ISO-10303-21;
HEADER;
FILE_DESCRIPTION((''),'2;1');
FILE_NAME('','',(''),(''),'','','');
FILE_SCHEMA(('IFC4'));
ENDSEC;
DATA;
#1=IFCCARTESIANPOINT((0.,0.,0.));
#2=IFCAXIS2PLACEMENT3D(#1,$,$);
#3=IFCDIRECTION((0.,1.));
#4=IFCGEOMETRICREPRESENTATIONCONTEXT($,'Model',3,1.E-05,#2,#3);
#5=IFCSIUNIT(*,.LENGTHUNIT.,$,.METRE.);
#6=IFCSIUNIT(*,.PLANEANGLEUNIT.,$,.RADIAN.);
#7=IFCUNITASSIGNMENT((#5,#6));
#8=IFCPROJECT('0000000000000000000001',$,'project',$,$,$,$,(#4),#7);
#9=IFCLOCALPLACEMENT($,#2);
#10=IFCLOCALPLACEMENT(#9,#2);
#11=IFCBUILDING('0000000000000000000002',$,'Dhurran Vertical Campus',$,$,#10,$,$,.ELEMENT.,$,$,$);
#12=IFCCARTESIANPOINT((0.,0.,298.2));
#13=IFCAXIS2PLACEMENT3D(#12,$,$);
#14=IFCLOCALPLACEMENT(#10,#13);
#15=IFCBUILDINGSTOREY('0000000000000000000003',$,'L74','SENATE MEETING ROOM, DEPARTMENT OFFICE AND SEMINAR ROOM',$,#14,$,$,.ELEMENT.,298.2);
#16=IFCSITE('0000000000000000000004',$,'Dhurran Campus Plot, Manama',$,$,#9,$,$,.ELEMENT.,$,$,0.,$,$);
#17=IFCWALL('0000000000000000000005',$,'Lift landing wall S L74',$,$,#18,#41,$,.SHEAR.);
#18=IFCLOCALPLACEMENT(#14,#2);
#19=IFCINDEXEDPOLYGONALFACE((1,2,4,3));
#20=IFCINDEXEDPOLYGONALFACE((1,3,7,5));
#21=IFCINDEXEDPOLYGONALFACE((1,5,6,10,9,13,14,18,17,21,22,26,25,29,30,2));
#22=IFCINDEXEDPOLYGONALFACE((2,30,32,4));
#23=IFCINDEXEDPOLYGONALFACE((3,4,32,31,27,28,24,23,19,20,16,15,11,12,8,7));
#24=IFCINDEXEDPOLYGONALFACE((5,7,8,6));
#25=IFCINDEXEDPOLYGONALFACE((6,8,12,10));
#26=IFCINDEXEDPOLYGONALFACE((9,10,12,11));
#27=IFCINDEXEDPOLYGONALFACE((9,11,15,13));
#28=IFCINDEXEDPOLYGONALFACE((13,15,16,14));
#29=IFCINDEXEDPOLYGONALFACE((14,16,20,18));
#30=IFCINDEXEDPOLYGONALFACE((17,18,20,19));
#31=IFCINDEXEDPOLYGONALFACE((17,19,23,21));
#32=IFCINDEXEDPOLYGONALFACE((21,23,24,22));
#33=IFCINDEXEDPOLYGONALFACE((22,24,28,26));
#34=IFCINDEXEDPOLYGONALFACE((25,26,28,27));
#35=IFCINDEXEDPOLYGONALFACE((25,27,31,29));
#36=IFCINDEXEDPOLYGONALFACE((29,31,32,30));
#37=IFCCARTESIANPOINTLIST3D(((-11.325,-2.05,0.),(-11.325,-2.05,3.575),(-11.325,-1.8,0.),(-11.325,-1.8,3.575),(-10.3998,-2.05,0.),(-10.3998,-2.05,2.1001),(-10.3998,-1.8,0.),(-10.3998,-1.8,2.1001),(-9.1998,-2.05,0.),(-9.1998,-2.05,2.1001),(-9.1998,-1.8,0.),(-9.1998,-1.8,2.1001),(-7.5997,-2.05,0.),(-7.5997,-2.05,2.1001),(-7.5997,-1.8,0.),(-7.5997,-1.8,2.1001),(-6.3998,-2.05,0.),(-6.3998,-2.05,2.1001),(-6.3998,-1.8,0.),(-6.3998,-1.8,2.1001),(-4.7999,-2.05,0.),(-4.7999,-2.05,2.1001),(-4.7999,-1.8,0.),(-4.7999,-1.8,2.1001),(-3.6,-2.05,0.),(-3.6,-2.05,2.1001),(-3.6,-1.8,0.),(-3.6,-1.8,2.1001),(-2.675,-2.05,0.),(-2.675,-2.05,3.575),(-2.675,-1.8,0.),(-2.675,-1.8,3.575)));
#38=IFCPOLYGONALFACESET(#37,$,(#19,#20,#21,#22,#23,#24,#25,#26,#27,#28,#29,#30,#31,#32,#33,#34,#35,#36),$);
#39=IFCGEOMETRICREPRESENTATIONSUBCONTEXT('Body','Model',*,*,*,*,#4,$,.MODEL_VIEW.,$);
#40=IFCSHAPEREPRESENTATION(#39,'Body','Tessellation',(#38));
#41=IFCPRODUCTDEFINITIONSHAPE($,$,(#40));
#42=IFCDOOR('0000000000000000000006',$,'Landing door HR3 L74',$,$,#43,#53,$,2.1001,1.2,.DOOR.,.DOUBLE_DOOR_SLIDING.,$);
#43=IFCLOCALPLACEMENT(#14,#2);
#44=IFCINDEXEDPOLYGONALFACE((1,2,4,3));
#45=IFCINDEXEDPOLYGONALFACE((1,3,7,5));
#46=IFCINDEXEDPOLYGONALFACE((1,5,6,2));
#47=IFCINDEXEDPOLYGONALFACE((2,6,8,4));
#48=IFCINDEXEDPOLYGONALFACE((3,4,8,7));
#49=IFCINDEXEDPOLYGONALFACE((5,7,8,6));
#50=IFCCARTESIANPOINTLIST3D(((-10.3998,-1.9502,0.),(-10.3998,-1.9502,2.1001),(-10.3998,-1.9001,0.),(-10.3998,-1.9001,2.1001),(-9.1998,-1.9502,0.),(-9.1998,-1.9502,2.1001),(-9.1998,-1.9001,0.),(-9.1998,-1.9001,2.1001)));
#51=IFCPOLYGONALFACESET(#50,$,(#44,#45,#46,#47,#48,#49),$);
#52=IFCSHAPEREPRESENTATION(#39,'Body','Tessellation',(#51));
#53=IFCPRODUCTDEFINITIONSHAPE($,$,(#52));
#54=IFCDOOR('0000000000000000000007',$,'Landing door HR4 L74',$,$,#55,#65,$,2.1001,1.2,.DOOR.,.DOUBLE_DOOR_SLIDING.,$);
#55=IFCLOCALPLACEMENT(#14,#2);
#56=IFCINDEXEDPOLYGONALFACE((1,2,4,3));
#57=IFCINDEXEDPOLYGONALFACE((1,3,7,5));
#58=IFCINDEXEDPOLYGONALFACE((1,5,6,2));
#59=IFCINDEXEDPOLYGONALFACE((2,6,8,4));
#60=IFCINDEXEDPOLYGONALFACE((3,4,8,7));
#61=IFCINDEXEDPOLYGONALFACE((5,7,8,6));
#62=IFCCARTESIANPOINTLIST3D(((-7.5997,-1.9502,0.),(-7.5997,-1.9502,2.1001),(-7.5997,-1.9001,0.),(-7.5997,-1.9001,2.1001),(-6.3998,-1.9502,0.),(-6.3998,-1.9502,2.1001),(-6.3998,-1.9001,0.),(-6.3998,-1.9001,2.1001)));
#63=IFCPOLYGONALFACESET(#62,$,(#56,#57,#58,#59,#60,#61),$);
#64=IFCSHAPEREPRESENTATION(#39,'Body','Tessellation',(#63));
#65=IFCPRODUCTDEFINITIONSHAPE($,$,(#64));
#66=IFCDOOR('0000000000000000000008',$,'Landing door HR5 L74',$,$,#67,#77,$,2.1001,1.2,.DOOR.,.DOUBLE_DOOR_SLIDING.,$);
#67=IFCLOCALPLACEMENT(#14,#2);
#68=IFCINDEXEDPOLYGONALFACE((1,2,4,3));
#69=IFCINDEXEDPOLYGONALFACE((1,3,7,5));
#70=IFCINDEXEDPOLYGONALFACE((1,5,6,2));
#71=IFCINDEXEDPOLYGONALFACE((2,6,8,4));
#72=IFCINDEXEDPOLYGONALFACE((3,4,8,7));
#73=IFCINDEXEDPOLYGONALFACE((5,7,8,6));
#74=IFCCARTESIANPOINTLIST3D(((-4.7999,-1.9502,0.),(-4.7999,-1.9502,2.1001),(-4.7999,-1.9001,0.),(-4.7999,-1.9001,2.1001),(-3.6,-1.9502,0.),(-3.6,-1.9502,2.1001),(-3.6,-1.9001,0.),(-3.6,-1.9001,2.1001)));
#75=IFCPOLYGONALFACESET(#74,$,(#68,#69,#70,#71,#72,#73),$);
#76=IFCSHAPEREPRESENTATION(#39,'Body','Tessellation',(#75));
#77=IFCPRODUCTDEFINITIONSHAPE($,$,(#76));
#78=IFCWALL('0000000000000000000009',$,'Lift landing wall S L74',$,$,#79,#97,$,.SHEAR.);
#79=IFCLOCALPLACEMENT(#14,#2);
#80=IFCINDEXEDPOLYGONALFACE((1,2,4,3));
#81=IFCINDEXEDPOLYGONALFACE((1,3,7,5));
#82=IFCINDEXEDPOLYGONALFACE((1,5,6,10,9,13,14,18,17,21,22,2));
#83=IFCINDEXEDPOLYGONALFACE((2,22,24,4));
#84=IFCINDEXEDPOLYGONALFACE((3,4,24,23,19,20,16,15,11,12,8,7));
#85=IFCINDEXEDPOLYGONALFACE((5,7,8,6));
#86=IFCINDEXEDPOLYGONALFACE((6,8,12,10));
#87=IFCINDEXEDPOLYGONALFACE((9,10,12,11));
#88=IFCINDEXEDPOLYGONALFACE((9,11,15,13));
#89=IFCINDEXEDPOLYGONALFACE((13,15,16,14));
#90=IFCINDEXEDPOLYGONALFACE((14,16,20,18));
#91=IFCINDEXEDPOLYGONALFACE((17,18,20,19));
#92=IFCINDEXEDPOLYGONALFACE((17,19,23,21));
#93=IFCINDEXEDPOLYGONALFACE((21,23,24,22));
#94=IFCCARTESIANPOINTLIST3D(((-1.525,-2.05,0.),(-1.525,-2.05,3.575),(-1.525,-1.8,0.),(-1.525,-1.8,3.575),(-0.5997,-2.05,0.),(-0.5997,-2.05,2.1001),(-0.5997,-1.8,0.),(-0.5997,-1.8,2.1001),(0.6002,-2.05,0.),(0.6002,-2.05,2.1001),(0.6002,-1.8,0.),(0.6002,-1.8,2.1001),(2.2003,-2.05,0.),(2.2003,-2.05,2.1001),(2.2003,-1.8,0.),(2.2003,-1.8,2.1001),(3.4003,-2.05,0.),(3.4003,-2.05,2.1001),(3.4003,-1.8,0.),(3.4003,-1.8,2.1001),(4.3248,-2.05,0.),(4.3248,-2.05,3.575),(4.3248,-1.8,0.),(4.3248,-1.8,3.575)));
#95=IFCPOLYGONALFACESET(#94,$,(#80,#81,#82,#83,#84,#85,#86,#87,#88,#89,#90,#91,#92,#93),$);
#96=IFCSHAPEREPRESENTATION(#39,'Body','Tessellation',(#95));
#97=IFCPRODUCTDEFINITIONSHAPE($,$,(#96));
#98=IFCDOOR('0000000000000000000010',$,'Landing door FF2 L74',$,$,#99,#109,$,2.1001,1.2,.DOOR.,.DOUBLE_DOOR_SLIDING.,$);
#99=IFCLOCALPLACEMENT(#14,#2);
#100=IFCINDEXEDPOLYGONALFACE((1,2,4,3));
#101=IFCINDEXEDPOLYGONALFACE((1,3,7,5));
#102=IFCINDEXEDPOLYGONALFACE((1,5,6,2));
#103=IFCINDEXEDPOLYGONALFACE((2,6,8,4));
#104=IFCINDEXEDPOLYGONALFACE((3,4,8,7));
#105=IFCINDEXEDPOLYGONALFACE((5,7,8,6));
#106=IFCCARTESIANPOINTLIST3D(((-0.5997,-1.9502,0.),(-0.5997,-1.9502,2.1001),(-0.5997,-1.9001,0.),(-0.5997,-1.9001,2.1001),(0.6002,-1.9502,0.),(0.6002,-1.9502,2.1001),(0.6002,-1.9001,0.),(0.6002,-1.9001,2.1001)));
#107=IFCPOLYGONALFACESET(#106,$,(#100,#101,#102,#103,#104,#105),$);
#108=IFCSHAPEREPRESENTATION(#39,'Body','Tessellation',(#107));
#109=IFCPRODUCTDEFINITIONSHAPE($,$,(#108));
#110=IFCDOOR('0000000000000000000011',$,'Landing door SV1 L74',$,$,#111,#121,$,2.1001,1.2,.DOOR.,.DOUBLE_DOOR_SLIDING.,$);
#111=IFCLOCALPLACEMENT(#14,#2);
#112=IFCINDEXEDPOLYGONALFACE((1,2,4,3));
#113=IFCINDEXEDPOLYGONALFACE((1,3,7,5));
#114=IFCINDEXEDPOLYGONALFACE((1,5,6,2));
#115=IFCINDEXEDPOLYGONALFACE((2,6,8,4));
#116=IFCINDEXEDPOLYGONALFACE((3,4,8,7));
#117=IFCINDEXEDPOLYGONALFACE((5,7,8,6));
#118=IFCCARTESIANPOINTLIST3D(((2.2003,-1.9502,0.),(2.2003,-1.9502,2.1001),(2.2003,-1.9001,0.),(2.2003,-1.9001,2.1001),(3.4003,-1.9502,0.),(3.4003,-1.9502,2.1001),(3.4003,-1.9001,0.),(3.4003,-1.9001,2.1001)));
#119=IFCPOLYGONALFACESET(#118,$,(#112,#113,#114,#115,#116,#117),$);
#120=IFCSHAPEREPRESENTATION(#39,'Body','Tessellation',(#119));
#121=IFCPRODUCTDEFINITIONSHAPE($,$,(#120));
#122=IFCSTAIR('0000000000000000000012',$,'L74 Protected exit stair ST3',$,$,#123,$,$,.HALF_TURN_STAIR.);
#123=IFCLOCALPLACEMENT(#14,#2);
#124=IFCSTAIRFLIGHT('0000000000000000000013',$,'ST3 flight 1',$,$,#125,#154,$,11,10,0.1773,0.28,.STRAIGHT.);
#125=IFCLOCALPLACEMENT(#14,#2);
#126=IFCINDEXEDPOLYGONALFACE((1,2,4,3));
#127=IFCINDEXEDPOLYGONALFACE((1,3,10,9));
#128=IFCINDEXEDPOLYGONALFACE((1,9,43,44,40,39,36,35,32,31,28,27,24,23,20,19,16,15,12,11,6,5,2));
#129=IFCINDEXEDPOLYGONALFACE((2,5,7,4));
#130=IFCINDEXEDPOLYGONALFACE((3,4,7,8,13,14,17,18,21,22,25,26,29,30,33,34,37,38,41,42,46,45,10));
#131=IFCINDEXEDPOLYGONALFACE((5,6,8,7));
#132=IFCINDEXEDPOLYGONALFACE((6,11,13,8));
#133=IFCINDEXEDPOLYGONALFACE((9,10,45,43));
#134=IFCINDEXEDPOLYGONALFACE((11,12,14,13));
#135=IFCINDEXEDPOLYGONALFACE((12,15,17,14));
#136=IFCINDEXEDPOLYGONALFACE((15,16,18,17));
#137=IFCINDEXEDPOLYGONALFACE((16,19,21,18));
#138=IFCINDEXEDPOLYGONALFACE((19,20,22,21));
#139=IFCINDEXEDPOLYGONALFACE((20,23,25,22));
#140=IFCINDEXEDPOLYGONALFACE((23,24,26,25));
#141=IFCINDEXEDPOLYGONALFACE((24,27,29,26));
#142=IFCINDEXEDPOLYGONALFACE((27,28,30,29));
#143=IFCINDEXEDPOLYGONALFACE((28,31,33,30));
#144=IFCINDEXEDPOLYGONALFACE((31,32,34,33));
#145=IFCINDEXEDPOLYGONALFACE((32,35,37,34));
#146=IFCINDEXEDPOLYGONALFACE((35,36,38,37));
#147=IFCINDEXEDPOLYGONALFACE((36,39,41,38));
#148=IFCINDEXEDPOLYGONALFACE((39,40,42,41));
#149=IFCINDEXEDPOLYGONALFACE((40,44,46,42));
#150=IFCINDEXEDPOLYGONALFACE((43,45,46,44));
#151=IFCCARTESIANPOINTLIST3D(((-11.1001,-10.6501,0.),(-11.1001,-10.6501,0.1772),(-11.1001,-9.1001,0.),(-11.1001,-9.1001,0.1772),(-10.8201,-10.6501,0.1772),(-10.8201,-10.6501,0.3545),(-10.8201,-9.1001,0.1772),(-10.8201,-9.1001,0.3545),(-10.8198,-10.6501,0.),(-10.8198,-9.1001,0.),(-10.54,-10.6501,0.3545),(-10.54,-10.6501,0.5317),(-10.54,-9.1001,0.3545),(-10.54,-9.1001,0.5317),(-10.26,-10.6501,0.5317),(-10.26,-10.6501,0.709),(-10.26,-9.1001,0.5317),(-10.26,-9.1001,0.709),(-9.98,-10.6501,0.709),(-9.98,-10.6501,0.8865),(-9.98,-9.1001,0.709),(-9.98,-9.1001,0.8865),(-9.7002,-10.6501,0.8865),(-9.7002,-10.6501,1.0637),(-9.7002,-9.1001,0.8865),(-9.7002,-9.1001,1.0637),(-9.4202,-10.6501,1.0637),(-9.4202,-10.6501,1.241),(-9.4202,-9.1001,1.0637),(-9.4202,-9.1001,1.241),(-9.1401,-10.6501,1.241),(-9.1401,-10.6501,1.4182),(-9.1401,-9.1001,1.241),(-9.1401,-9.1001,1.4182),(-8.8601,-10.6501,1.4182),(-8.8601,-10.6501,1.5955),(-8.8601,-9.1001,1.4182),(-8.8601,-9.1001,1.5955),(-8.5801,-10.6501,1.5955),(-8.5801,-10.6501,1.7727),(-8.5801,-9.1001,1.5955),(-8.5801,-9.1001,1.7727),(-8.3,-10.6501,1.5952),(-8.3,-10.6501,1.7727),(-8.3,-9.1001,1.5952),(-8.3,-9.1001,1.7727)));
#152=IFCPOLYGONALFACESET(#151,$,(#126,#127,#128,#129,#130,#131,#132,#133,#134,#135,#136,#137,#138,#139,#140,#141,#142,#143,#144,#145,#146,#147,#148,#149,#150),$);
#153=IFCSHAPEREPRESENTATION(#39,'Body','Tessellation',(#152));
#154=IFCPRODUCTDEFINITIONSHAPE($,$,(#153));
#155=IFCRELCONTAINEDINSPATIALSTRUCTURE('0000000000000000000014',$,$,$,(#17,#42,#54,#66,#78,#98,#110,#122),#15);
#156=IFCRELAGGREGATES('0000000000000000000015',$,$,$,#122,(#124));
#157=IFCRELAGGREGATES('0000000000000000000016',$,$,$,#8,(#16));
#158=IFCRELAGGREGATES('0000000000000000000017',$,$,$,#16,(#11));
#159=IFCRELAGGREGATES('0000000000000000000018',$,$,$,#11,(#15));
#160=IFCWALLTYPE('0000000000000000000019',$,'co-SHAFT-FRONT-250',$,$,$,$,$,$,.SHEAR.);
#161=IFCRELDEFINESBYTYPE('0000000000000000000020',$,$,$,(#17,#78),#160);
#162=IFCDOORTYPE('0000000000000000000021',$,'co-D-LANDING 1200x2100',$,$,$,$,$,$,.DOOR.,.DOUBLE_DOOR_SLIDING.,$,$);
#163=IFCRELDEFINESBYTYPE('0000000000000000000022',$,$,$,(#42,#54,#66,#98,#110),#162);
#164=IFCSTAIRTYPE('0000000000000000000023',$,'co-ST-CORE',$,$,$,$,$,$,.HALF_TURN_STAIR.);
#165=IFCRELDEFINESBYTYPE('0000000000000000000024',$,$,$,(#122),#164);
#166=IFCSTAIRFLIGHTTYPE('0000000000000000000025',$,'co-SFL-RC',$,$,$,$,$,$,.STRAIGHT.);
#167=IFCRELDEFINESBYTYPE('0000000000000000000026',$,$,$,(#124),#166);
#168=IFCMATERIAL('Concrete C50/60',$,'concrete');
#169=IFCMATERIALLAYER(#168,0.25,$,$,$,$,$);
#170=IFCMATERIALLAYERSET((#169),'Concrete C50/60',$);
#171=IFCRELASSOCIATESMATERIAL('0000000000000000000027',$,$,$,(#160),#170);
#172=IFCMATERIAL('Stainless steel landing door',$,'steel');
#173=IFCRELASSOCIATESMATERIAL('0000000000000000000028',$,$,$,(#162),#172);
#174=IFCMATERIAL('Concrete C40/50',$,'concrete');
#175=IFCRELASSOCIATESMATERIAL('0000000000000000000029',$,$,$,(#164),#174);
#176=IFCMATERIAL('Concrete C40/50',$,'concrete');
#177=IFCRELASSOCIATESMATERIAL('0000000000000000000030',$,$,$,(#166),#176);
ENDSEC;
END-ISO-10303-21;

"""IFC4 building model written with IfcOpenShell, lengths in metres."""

from ifc_helpers import new_model, si_unit, direction, frame, frame_2d, origin, place, context, subcontext, project, spatial, polyline, rectangle, outline, extrude, material, layer, layer_set, type_object, element, fill, aggregate, save


model = new_model("IFC4")

# Units and contexts
model_context = context("Model", 3, precision=1e-05, world=origin(), true_north=direction((0.0, 1.0)))
body_context = subcontext(model_context, "Body", "Model", "MODEL_VIEW")
ifc_project = project(units=[si_unit("LENGTHUNIT", "METRE"), si_unit("PLANEANGLEUNIT", "RADIAN")], contexts=[model_context])

# Site, building, storey
site_placement = place(None, origin())
site = spatial("IfcSite", under=ifc_project, at=site_placement, Name="Dhurran Campus Plot, Manama", CompositionType="ELEMENT", RefElevation=0.0)
building_placement = place(site_placement, origin())
building = spatial("IfcBuilding", under=site, at=building_placement, Name="Dhurran Vertical Campus", CompositionType="ELEMENT")
storey_placement = place(building_placement, frame((0.0, 0.0, 298.2)))
storey = spatial("IfcBuildingStorey", under=building, at=storey_placement, Name="L74", Description="SENATE MEETING ROOM, DEPARTMENT OFFICE AND SEMINAR ROOM", CompositionType="ELEMENT", Elevation=298.2)

# Walls, openings, doors
ifc_material_1 = material(Name="Concrete C50/60", Category="concrete")
ifc_layer_1 = layer(ifc_material_1, 0.25)
ifc_layer_set_1 = layer_set([ifc_layer_1], Name="Concrete C50/60")
wall_type_1 = type_object("IfcWallType", Name="co-SHAFT-FRONT-250", PredefinedType="SHEAR", material=ifc_layer_set_1)
wall_1_placement = place(storey_placement, frame((-11.325, -1.925, 0.0), z_axis=(0.0, 0.0, 1.0), x_axis=(1.0, 0.0, 0.0)))
wall_1 = element("IfcWall", 1, at=wall_1_placement, inside=storey, type_object=wall_type_1, Name="Lift landing wall S L74", PredefinedType="SHEAR", context=body_context, shape_type="SweptSolid", body=[
    extrude(rectangle(XDim=8.6499, YDim=0.25, at=frame_2d((4.325, 0.0))), origin(), (0.0, 0.0, 1.0), 3.575),
])
opening_1_placement = place(wall_1_placement, frame((0.925, 0.0, 0.0)))
opening_1 = element("IfcOpeningElement", 2, at=opening_1_placement, cuts=wall_1, PredefinedType="OPENING", context=body_context, shape_type="SweptSolid", body=[
    extrude(rectangle(XDim=1.2, YDim=2.1001, at=frame_2d((0.6001, 1.05))), frame((0.0, 0.135, 0.0), z_axis=(0.0, -1.0, 0.0), x_axis=(1.0, 0.0, 0.0)), (0.0, 0.0, 1.0), 0.27),
])
opening_2_placement = place(wall_1_placement, frame((3.7251, 0.0, 0.0)))
opening_2 = element("IfcOpeningElement", 3, at=opening_2_placement, cuts=wall_1, PredefinedType="OPENING", context=body_context, shape_type="SweptSolid", body=[
    extrude(rectangle(XDim=1.2, YDim=2.1001, at=frame_2d((0.6001, 1.05))), frame((0.0, 0.135, 0.0), z_axis=(0.0, -1.0, 0.0), x_axis=(1.0, 0.0, 0.0)), (0.0, 0.0, 1.0), 0.27),
])
opening_3_placement = place(wall_1_placement, frame((6.5249, 0.0, 0.0)))
opening_3 = element("IfcOpeningElement", 4, at=opening_3_placement, cuts=wall_1, PredefinedType="OPENING", context=body_context, shape_type="SweptSolid", body=[
    extrude(rectangle(XDim=1.2, YDim=2.1001, at=frame_2d((0.6001, 1.05))), frame((0.0, 0.135, 0.0), z_axis=(0.0, -1.0, 0.0), x_axis=(1.0, 0.0, 0.0)), (0.0, 0.0, 1.0), 0.27),
])
ifc_material_2 = material(Name="Stainless steel landing door", Category="steel")
door_type_1 = type_object("IfcDoorType", Name="co-D-LANDING 1200x2100", OperationType="DOUBLE_DOOR_SLIDING", PredefinedType="DOOR", material=ifc_material_2)
door_1_placement = place(opening_1_placement, origin())
door_1 = element("IfcDoor", 5, at=door_1_placement, inside=storey, type_object=door_type_1, Name="Landing door HR3 L74", OperationType="DOUBLE_DOOR_SLIDING", OverallHeight=2.1001, OverallWidth=1.2, PredefinedType="DOOR", context=body_context, shape_type="SweptSolid", body=[
    extrude(rectangle(XDim=1.2, YDim=2.1001, at=frame_2d((0.6001, 1.05))), frame((0.0, 0.0249, 0.0), z_axis=(0.0, -1.0, 0.0), x_axis=(1.0, 0.0, 0.0)), (0.0, 0.0, 1.0), 0.05),
])
fill(opening_1, door_1)
door_2_placement = place(opening_2_placement, origin())
door_2 = element("IfcDoor", 6, at=door_2_placement, inside=storey, type_object=door_type_1, Name="Landing door HR4 L74", OperationType="DOUBLE_DOOR_SLIDING", OverallHeight=2.1001, OverallWidth=1.2, PredefinedType="DOOR", context=body_context, shape_type="SweptSolid", body=[
    extrude(rectangle(XDim=1.2, YDim=2.1001, at=frame_2d((0.6001, 1.05))), frame((0.0, 0.0249, 0.0), z_axis=(0.0, -1.0, 0.0), x_axis=(1.0, 0.0, 0.0)), (0.0, 0.0, 1.0), 0.05),
])
fill(opening_2, door_2)
door_3_placement = place(opening_3_placement, origin())
door_3 = element("IfcDoor", 7, at=door_3_placement, inside=storey, type_object=door_type_1, Name="Landing door HR5 L74", OperationType="DOUBLE_DOOR_SLIDING", OverallHeight=2.1001, OverallWidth=1.2, PredefinedType="DOOR", context=body_context, shape_type="SweptSolid", body=[
    extrude(rectangle(XDim=1.2, YDim=2.1001, at=frame_2d((0.6001, 1.05))), frame((0.0, 0.0249, 0.0), z_axis=(0.0, -1.0, 0.0), x_axis=(1.0, 0.0, 0.0)), (0.0, 0.0, 1.0), 0.05),
])
fill(opening_3, door_3)
wall_2_placement = place(storey_placement, frame((-1.5249, -1.925, 0.0), z_axis=(0.0, 0.0, 1.0), x_axis=(1.0, 0.0, 0.0)))
wall_2 = element("IfcWall", 8, at=wall_2_placement, inside=storey, type_object=wall_type_1, Name="Lift landing wall S L74", PredefinedType="SHEAR", context=body_context, shape_type="SweptSolid", body=[
    extrude(rectangle(XDim=5.8499, YDim=0.25, at=frame_2d((2.9248, 0.0))), origin(), (0.0, 0.0, 1.0), 3.575),
])
opening_4_placement = place(wall_2_placement, frame((0.925, 0.0, 0.0)))
opening_4 = element("IfcOpeningElement", 9, at=opening_4_placement, cuts=wall_2, PredefinedType="OPENING", context=body_context, shape_type="SweptSolid", body=[
    extrude(rectangle(XDim=1.2, YDim=2.1001, at=frame_2d((0.6001, 1.05))), frame((0.0, 0.135, 0.0), z_axis=(0.0, -1.0, 0.0), x_axis=(1.0, 0.0, 0.0)), (0.0, 0.0, 1.0), 0.27),
])
opening_5_placement = place(wall_2_placement, frame((3.7251, 0.0, 0.0)))
opening_5 = element("IfcOpeningElement", 10, at=opening_5_placement, cuts=wall_2, PredefinedType="OPENING", context=body_context, shape_type="SweptSolid", body=[
    extrude(rectangle(XDim=1.2, YDim=2.1001, at=frame_2d((0.6001, 1.05))), frame((0.0, 0.135, 0.0), z_axis=(0.0, -1.0, 0.0), x_axis=(1.0, 0.0, 0.0)), (0.0, 0.0, 1.0), 0.27),
])
door_4_placement = place(opening_4_placement, origin())
door_4 = element("IfcDoor", 11, at=door_4_placement, inside=storey, type_object=door_type_1, Name="Landing door FF2 L74", OperationType="DOUBLE_DOOR_SLIDING", OverallHeight=2.1001, OverallWidth=1.2, PredefinedType="DOOR", context=body_context, shape_type="SweptSolid", body=[
    extrude(rectangle(XDim=1.2, YDim=2.1001, at=frame_2d((0.6001, 1.05))), frame((0.0, 0.0249, 0.0), z_axis=(0.0, -1.0, 0.0), x_axis=(1.0, 0.0, 0.0)), (0.0, 0.0, 1.0), 0.05),
])
fill(opening_4, door_4)
door_5_placement = place(opening_5_placement, origin())
door_5 = element("IfcDoor", 12, at=door_5_placement, inside=storey, type_object=door_type_1, Name="Landing door SV1 L74", OperationType="DOUBLE_DOOR_SLIDING", OverallHeight=2.1001, OverallWidth=1.2, PredefinedType="DOOR", context=body_context, shape_type="SweptSolid", body=[
    extrude(rectangle(XDim=1.2, YDim=2.1001, at=frame_2d((0.6001, 1.05))), frame((0.0, 0.0249, 0.0), z_axis=(0.0, -1.0, 0.0), x_axis=(1.0, 0.0, 0.0)), (0.0, 0.0, 1.0), 0.05),
])
fill(opening_5, door_5)

# Stair, stair flight
ifc_material_3 = material(Name="Concrete C40/50", Category="concrete")
stair_type = type_object("IfcStairType", Name="co-ST-CORE", PredefinedType="HALF_TURN_STAIR", material=ifc_material_3)
stair_placement = place(storey_placement, origin())
stair = element("IfcStair", 13, at=stair_placement, inside=storey, type_object=stair_type, Name="L74 Protected exit stair ST3", PredefinedType="HALF_TURN_STAIR")
ifc_material_4 = material(Name="Concrete C40/50", Category="concrete")
stair_flight_type = type_object("IfcStairFlightType", Name="co-SFL-RC", PredefinedType="STRAIGHT", material=ifc_material_4)
stair_flight_1_placement = place(storey_placement, frame((-11.1001, -9.875, 0.0), z_axis=(0.0, 0.0, 1.0), x_axis=(1.0, 0.0, 0.0)))
stair_flight_1 = element("IfcStairFlight", 14, at=stair_flight_1_placement, type_object=stair_flight_type, Name="ST3 flight 1", NumberOfRisers=11, NumberOfTreads=10, PredefinedType="STRAIGHT", RiserHeight=0.1773, TreadLength=0.28, context=body_context, shape_type="SweptSolid", body=[
    extrude(outline(polyline([(0.0, 0.0), (0.0, 0.1772), (0.28, 0.1772), (0.28, 0.3545), (0.5601, 0.3545), (0.5601, 0.5317), (0.8401, 0.5317), (0.8401, 0.709), (1.1201, 0.709), (1.1201, 0.8865), (1.3999, 0.8865), (1.3999, 1.0637), (1.6799, 1.0637), (1.6799, 1.241), (1.96, 1.241), (1.96, 1.4182), (2.24, 1.4182), (2.24, 1.5955), (2.52, 1.5955), (2.52, 1.7727), (2.8, 1.7727), (2.8, 1.95), (2.8, 1.5952), (0.2803, 0.0), (0.0, 0.0)])), frame((0.0, 0.7749, 0.0), z_axis=(0.0, -1.0, 0.0), x_axis=(1.0, 0.0, 0.0)), (0.0, 0.0, 1.0), 1.55),
])
aggregate(stair, [stair_flight_1])

save(model, "model.ifc")
